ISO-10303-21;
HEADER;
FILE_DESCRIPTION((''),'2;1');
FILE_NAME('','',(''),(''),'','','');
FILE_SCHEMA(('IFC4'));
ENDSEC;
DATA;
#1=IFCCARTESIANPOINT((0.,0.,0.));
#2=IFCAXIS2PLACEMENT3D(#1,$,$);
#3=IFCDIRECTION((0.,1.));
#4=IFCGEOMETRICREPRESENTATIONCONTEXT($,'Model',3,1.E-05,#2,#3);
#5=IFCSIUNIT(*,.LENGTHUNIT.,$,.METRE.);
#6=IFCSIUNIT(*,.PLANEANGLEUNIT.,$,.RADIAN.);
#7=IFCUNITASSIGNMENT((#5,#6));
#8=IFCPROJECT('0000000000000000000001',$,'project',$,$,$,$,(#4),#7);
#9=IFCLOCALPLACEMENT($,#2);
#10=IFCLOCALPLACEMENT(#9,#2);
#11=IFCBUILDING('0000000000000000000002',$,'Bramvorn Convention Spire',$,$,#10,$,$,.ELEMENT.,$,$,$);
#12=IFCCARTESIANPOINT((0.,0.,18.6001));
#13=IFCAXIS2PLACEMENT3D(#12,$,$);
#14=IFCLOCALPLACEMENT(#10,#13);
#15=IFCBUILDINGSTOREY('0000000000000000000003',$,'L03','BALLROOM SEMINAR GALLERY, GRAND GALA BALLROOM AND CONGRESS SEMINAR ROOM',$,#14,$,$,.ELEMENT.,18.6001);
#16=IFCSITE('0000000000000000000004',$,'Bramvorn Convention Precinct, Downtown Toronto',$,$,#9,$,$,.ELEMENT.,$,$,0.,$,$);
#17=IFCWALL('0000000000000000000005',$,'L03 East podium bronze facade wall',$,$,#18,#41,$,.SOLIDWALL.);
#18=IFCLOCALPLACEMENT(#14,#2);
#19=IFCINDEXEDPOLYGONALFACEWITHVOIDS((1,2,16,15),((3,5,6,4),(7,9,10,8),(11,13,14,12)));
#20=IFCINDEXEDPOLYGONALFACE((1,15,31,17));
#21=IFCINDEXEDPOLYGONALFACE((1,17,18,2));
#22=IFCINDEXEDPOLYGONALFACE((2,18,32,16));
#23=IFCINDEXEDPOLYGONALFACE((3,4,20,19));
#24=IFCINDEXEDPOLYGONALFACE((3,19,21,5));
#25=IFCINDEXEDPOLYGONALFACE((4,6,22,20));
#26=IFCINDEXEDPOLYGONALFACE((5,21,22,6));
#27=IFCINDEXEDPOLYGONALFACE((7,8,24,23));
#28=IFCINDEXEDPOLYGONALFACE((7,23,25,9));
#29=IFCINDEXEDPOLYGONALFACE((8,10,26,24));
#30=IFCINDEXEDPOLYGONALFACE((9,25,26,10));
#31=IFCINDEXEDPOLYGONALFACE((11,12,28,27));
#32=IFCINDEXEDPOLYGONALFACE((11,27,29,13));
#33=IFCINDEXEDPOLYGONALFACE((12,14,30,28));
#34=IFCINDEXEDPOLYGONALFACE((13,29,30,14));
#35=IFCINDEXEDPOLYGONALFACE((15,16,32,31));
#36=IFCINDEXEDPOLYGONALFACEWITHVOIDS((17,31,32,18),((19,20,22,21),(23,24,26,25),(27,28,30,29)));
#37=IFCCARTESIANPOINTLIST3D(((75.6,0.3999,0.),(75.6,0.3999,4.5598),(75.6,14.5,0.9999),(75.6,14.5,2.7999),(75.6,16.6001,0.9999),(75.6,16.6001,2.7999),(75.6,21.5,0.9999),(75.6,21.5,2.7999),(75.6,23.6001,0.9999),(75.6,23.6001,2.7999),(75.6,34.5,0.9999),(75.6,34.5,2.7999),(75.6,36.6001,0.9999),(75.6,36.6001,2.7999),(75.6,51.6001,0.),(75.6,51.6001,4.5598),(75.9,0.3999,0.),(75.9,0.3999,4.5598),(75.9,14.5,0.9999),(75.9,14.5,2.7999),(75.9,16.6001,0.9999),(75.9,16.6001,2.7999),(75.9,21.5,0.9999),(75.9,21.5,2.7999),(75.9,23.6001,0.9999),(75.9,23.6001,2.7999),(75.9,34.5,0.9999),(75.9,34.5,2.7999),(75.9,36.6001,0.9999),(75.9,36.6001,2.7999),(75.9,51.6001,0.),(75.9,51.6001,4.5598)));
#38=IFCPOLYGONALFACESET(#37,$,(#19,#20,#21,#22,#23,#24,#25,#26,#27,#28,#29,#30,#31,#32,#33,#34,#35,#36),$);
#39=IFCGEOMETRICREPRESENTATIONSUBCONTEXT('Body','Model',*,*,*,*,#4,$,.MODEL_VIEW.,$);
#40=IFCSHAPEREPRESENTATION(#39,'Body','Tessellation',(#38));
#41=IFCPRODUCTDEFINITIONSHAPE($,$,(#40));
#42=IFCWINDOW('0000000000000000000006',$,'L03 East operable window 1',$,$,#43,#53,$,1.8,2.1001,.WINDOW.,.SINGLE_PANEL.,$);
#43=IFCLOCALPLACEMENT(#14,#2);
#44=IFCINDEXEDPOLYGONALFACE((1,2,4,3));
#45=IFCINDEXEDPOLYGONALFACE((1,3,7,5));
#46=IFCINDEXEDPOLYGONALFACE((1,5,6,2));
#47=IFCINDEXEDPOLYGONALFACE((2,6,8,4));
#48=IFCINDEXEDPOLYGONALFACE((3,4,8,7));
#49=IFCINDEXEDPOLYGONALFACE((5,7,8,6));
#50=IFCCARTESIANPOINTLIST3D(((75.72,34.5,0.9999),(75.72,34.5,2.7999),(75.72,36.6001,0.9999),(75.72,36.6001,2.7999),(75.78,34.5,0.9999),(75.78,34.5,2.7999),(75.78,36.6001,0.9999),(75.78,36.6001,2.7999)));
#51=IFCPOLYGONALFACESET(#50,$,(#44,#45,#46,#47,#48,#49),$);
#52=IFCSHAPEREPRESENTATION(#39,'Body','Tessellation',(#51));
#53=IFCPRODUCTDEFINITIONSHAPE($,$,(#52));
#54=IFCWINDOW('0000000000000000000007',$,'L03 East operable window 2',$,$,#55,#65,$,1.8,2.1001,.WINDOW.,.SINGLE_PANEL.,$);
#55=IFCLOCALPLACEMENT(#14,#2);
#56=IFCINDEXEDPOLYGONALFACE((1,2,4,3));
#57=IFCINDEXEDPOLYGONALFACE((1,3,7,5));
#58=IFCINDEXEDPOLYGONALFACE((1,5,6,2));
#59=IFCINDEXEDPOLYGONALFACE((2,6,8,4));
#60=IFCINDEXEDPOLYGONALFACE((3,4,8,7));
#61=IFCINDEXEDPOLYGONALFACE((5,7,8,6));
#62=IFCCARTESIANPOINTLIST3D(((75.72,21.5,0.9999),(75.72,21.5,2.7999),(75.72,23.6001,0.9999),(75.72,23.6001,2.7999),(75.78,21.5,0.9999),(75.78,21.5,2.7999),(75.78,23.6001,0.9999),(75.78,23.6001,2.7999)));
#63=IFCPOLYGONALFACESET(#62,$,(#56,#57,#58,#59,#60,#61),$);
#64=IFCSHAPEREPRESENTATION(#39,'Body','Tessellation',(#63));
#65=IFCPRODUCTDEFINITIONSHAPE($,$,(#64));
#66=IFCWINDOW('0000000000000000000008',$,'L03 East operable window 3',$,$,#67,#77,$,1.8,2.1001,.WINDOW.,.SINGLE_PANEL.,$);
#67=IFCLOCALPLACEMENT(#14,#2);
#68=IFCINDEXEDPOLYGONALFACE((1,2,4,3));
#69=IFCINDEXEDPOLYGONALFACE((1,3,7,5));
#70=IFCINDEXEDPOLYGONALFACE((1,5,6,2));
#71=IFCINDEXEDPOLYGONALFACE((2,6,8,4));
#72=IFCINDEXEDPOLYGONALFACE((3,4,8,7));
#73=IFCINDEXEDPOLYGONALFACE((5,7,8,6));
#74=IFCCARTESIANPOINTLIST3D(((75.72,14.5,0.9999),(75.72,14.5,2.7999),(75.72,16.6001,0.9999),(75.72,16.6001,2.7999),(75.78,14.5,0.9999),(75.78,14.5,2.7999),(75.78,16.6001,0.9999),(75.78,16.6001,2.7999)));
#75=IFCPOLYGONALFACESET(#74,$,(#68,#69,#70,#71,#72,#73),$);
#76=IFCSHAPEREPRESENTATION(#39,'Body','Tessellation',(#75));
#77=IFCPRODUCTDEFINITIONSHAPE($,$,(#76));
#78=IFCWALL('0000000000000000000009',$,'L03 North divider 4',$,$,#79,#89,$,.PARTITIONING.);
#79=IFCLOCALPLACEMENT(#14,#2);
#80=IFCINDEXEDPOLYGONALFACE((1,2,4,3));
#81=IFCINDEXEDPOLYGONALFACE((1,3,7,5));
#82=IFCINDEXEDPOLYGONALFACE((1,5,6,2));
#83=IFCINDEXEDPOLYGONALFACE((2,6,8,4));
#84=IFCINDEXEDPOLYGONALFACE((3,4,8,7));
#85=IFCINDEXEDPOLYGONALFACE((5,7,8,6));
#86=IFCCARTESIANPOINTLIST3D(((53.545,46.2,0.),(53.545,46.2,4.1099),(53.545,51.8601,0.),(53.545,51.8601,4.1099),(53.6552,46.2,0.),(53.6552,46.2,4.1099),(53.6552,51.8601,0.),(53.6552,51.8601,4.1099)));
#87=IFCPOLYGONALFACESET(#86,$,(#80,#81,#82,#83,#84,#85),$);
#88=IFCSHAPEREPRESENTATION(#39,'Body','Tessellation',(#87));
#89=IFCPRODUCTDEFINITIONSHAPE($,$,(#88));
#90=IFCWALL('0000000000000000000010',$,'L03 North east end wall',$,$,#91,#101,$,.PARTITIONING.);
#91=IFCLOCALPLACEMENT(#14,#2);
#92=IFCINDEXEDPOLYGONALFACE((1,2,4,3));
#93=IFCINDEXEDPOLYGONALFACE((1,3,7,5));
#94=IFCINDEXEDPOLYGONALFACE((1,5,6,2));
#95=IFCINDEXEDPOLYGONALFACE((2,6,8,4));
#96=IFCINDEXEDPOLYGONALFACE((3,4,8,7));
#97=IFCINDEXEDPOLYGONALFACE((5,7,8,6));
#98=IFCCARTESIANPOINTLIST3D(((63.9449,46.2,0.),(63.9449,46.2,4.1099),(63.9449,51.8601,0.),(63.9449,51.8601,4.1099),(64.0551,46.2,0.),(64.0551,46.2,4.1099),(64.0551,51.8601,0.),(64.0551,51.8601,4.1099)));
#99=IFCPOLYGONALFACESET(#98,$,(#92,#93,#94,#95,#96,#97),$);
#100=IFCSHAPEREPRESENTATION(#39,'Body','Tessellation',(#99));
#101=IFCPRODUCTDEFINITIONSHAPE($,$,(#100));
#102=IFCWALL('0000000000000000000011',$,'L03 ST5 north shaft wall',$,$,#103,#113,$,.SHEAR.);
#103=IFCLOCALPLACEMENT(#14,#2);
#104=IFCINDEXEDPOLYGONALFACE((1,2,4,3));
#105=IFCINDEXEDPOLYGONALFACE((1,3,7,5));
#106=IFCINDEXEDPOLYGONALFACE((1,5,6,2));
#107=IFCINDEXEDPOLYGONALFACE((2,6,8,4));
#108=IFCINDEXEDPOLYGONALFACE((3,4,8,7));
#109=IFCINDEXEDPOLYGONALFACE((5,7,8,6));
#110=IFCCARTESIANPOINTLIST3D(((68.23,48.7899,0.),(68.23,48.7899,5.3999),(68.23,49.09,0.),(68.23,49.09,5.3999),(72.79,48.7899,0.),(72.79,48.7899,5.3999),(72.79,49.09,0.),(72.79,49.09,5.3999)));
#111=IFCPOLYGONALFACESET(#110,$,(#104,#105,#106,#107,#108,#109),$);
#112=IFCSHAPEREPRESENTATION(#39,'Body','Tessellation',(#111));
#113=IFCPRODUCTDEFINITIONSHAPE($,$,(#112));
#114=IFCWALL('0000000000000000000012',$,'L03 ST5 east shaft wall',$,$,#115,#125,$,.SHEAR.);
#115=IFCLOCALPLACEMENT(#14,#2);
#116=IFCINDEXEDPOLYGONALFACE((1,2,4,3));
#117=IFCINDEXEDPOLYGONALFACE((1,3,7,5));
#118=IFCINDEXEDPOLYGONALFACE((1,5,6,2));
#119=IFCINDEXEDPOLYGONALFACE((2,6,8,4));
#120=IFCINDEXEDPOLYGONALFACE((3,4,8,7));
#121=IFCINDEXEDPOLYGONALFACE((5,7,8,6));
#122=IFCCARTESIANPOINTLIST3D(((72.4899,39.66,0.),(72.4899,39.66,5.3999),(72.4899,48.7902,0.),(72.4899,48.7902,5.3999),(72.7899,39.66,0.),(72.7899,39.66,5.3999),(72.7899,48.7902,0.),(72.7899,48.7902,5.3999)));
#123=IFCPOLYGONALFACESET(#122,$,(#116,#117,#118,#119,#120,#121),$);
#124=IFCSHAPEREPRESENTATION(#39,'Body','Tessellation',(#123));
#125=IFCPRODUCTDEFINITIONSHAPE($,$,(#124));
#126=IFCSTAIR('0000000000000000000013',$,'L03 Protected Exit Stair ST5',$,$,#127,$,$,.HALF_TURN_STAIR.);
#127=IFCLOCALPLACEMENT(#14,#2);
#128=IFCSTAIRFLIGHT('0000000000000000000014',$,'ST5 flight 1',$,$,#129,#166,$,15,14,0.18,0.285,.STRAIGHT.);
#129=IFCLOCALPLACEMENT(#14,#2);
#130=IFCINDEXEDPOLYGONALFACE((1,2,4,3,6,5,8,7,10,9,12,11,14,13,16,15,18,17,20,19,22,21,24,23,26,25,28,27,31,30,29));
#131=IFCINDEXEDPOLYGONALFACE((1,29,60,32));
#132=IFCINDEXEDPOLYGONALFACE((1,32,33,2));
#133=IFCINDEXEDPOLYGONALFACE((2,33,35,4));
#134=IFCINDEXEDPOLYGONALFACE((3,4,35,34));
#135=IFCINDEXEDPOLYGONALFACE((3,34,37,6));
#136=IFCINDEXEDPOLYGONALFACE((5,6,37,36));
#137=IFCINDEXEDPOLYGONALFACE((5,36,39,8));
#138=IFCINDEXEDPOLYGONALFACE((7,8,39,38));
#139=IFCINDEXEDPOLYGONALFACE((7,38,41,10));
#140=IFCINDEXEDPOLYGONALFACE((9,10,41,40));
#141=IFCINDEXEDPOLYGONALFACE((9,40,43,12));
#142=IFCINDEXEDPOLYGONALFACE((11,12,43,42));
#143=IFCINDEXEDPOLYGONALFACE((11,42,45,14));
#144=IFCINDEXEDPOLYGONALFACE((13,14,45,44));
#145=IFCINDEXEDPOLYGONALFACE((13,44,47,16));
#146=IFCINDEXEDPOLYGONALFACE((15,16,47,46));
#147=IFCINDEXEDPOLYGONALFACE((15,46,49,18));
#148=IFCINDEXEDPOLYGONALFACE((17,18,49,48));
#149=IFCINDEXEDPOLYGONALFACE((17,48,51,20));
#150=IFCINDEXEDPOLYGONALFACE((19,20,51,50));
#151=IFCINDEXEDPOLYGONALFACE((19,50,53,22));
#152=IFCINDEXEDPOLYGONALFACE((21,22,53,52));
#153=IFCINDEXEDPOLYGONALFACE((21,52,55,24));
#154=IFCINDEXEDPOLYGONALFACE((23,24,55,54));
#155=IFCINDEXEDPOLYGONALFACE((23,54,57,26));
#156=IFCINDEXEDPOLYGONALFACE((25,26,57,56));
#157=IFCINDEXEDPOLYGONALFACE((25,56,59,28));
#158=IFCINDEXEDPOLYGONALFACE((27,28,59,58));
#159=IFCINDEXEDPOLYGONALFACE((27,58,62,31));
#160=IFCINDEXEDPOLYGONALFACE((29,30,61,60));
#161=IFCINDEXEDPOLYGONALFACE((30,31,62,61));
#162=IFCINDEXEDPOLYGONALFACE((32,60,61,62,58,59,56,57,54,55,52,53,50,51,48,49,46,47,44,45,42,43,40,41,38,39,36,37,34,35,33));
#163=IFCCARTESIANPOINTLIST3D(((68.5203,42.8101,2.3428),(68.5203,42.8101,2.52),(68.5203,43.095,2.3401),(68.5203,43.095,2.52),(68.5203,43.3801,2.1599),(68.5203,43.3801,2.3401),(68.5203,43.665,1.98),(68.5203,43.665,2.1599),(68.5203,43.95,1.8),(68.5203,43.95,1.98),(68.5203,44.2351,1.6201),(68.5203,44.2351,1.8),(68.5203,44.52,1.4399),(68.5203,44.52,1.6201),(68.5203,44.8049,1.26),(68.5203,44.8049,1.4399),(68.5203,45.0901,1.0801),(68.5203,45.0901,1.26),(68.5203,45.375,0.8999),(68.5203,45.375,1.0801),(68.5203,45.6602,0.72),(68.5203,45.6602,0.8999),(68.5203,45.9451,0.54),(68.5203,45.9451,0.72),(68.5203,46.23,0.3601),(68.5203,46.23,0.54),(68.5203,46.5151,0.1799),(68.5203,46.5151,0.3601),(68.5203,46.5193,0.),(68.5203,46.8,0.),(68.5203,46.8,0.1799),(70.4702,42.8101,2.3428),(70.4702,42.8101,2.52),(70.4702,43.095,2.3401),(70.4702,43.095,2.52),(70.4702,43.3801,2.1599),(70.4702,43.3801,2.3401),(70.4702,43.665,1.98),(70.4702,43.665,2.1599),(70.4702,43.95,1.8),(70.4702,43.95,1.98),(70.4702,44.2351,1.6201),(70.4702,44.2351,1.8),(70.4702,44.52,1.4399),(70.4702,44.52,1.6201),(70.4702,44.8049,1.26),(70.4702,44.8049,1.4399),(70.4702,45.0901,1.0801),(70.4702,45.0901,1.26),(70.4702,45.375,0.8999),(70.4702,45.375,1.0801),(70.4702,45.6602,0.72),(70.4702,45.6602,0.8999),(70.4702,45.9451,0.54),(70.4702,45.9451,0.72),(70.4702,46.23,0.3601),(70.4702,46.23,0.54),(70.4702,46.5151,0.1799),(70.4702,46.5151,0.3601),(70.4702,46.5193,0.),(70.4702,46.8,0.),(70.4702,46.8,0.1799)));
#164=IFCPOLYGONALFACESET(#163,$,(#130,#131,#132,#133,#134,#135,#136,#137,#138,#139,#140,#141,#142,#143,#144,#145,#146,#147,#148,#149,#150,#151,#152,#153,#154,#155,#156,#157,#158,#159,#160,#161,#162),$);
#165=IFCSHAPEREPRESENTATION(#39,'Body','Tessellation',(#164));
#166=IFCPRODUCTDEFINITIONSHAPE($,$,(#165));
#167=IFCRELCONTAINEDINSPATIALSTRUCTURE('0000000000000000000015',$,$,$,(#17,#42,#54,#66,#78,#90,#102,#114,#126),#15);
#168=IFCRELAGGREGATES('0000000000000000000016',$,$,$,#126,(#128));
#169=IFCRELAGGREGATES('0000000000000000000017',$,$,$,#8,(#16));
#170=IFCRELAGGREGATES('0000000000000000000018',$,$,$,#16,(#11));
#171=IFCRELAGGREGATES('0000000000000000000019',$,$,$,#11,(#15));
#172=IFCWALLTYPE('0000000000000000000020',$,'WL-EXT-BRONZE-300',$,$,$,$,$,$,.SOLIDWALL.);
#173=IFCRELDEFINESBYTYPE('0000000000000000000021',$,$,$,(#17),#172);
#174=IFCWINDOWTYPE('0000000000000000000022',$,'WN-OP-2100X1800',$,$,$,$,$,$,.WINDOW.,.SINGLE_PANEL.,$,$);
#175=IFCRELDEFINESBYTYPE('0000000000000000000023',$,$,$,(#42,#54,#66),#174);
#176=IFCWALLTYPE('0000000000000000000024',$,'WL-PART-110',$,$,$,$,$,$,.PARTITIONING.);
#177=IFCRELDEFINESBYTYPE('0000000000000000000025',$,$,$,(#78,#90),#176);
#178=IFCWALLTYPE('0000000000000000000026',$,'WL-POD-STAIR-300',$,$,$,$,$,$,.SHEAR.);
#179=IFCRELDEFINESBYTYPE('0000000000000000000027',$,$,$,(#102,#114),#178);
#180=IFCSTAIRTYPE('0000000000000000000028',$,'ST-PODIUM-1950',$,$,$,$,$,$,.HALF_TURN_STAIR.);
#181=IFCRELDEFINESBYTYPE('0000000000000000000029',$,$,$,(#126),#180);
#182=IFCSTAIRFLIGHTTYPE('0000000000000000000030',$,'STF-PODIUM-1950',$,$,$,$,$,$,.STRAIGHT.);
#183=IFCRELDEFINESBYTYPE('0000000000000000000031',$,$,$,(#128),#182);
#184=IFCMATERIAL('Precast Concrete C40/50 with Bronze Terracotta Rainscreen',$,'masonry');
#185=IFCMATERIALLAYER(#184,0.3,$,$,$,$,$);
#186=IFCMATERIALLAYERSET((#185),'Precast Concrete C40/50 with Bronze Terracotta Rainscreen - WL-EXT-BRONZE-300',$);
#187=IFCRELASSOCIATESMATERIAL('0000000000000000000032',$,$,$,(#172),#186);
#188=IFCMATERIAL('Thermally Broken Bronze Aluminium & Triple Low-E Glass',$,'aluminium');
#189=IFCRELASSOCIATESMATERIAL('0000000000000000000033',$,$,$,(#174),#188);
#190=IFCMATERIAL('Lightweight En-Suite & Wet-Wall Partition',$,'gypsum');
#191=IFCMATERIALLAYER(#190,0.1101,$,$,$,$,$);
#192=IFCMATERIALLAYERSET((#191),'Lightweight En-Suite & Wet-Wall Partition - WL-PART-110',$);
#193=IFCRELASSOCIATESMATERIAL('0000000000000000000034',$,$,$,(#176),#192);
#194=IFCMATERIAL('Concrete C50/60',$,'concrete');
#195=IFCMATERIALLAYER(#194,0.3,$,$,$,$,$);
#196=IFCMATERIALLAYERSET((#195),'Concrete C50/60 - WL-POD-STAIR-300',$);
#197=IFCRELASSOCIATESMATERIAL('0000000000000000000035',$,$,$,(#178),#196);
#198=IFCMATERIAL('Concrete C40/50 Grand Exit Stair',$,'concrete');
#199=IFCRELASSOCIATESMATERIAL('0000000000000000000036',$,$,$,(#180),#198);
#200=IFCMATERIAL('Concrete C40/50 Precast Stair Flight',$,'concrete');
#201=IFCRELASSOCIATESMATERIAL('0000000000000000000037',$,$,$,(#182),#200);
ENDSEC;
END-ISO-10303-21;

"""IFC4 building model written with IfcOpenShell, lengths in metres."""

from ifc_helpers import new_model, si_unit, direction, frame, frame_2d, origin, place, context, subcontext, project, spatial, polyline, rectangle, outline, extrude, material, layer, layer_set, type_object, element, fill, aggregate, save


model = new_model("IFC4")

# Units and contexts
model_context = context("Model", 3, precision=1e-05, world=origin(), true_north=direction((0.0, 1.0)))
body_context = subcontext(model_context, "Body", "Model", "MODEL_VIEW")
ifc_project = project(units=[si_unit("LENGTHUNIT", "METRE"), si_unit("PLANEANGLEUNIT", "RADIAN")], contexts=[model_context])

# Site, building, storey
site_placement = place(None, origin())
site = spatial("IfcSite", under=ifc_project, at=site_placement, Name="Bramvorn Convention Precinct, Downtown Toronto", CompositionType="ELEMENT", RefElevation=0.0)
building_placement = place(site_placement, origin())
building = spatial("IfcBuilding", under=site, at=building_placement, Name="Bramvorn Convention Spire", CompositionType="ELEMENT")
storey_placement = place(building_placement, frame((0.0, 0.0, 18.6001)))
storey = spatial("IfcBuildingStorey", under=building, at=storey_placement, Name="L03", Description="BALLROOM SEMINAR GALLERY, GRAND GALA BALLROOM AND CONGRESS SEMINAR ROOM", CompositionType="ELEMENT", Elevation=18.6001)

# Wall, openings, windows
ifc_material_1 = material(Name="Precast Concrete C40/50 with Bronze Terracotta Rainscreen", Category="masonry")
ifc_layer_1 = layer(ifc_material_1, 0.3)
ifc_layer_set_1 = layer_set([ifc_layer_1], Name="Precast Concrete C40/50 with Bronze Terracotta Rainscreen - WL-EXT-BRONZE-300")
wall_type_1 = type_object("IfcWallType", Name="WL-EXT-BRONZE-300", PredefinedType="SOLIDWALL", material=ifc_layer_set_1)
wall_1_placement = place(storey_placement, frame((75.75, 51.6001, 0.0), z_axis=(0.0, 0.0, 1.0), x_axis=(0.0, -1.0, 0.0)))
wall_1 = element("IfcWall", 1, at=wall_1_placement, inside=storey, type_object=wall_type_1, Name="L03 East podium bronze facade wall", PredefinedType="SOLIDWALL", context=body_context, shape_type="SweptSolid", body=[
    extrude(rectangle(XDim=51.2002, YDim=0.3, at=frame_2d((25.6001, 0.0))), origin(), (0.0, 0.0, 1.0), 4.5598),
])
opening_1_placement = place(wall_1_placement, frame((15.0, 0.0, 1.0)))
opening_1 = element("IfcOpeningElement", 2, at=opening_1_placement, cuts=wall_1, PredefinedType="OPENING", context=body_context, shape_type="SweptSolid", body=[
    extrude(rectangle(XDim=2.1001, YDim=1.8, at=frame_2d((1.05, 0.8999))), frame((0.0, 0.1599, 0.0), z_axis=(0.0, -1.0, 0.0), x_axis=(1.0, 0.0, 0.0)), (0.0, 0.0, 1.0), 0.3201),
])
opening_2_placement = place(wall_1_placement, frame((28.0, 0.0, 1.0)))
opening_2 = element("IfcOpeningElement", 3, at=opening_2_placement, cuts=wall_1, PredefinedType="OPENING", context=body_context, shape_type="SweptSolid", body=[
    extrude(rectangle(XDim=2.1001, YDim=1.8, at=frame_2d((1.05, 0.8999))), frame((0.0, 0.1599, 0.0), z_axis=(0.0, -1.0, 0.0), x_axis=(1.0, 0.0, 0.0)), (0.0, 0.0, 1.0), 0.3201),
])
opening_3_placement = place(wall_1_placement, frame((35.0, 0.0, 1.0)))
opening_3 = element("IfcOpeningElement", 4, at=opening_3_placement, cuts=wall_1, PredefinedType="OPENING", context=body_context, shape_type="SweptSolid", body=[
    extrude(rectangle(XDim=2.1001, YDim=1.8, at=frame_2d((1.05, 0.8999))), frame((0.0, 0.1599, 0.0), z_axis=(0.0, -1.0, 0.0), x_axis=(1.0, 0.0, 0.0)), (0.0, 0.0, 1.0), 0.3201),
])
ifc_material_2 = material(Name="Thermally Broken Bronze Aluminium & Triple Low-E Glass", Category="aluminium")
window_type = type_object("IfcWindowType", Name="WN-OP-2100X1800", PartitioningType="SINGLE_PANEL", PredefinedType="WINDOW", material=ifc_material_2)
window_1_placement = place(opening_1_placement, origin())
window_1 = element("IfcWindow", 5, at=window_1_placement, inside=storey, type_object=window_type, Name="L03 East operable window 1", OverallHeight=1.8, OverallWidth=2.1001, PartitioningType="SINGLE_PANEL", PredefinedType="WINDOW", context=body_context, shape_type="SweptSolid", body=[
    extrude(rectangle(XDim=2.1001, YDim=1.8, at=frame_2d((1.05, 0.8999))), frame((0.0, 0.03, 0.0), z_axis=(0.0, -1.0, 0.0), x_axis=(1.0, 0.0, 0.0)), (0.0, 0.0, 1.0), 0.0601),
])
fill(opening_1, window_1)
window_2_placement = place(opening_2_placement, origin())
window_2 = element("IfcWindow", 6, at=window_2_placement, inside=storey, type_object=window_type, Name="L03 East operable window 2", OverallHeight=1.8, OverallWidth=2.1001, PartitioningType="SINGLE_PANEL", PredefinedType="WINDOW", context=body_context, shape_type="SweptSolid", body=[
    extrude(rectangle(XDim=2.1001, YDim=1.8, at=frame_2d((1.05, 0.8999))), frame((0.0, 0.03, 0.0), z_axis=(0.0, -1.0, 0.0), x_axis=(1.0, 0.0, 0.0)), (0.0, 0.0, 1.0), 0.0601),
])
fill(opening_2, window_2)
window_3_placement = place(opening_3_placement, origin())
window_3 = element("IfcWindow", 7, at=window_3_placement, inside=storey, type_object=window_type, Name="L03 East operable window 3", OverallHeight=1.8, OverallWidth=2.1001, PartitioningType="SINGLE_PANEL", PredefinedType="WINDOW", context=body_context, shape_type="SweptSolid", body=[
    extrude(rectangle(XDim=2.1001, YDim=1.8, at=frame_2d((1.05, 0.8999))), frame((0.0, 0.03, 0.0), z_axis=(0.0, -1.0, 0.0), x_axis=(1.0, 0.0, 0.0)), (0.0, 0.0, 1.0), 0.0601),
])
fill(opening_3, window_3)

# Walls
ifc_material_3 = material(Name="Lightweight En-Suite & Wet-Wall Partition", Category="gypsum")
ifc_layer_2 = layer(ifc_material_3, 0.1101)
ifc_layer_set_2 = layer_set([ifc_layer_2], Name="Lightweight En-Suite & Wet-Wall Partition - WL-PART-110")
wall_type_2 = type_object("IfcWallType", Name="WL-PART-110", PredefinedType="PARTITIONING", material=ifc_layer_set_2)
for number, where, z_axis, x_axis, name in (
    (8, (53.6001, 46.2, 0.0), (0.0, 0.0, 1.0), (0.0, 1.0, 0.0), "L03 North divider 4"),
    (9, (64.0, 46.2, 0.0), (0.0, 0.0, 1.0), (0.0, 1.0, 0.0), "L03 North east end wall"),
):
    element("IfcWall", number, at=place(storey_placement, frame(where, z_axis=z_axis, x_axis=x_axis)), inside=storey, type_object=wall_type_2, Name=name, PredefinedType="PARTITIONING", context=body_context, shape_type="SweptSolid", body=[
        extrude(rectangle(XDim=5.6602, YDim=0.1101, at=frame_2d((2.8301, 0.0))), origin(), (0.0, 0.0, 1.0), 4.1099),
    ])
ifc_material_4 = material(Name="Concrete C50/60", Category="concrete")
ifc_layer_3 = layer(ifc_material_4, 0.3)
ifc_layer_set_3 = layer_set([ifc_layer_3], Name="Concrete C50/60 - WL-POD-STAIR-300")
wall_type_3 = type_object("IfcWallType", Name="WL-POD-STAIR-300", PredefinedType="SHEAR", material=ifc_layer_set_3)
wall_2_placement = place(storey_placement, frame((68.23, 48.9399, 0.0), z_axis=(0.0, 0.0, 1.0), x_axis=(1.0, 0.0, 0.0)))
element("IfcWall", 10, at=wall_2_placement, inside=storey, type_object=wall_type_3, Name="L03 ST5 north shaft wall", PredefinedType="SHEAR", context=body_context, shape_type="SweptSolid", body=[
    extrude(rectangle(XDim=4.5601, YDim=0.3, at=frame_2d((2.28, 0.0))), origin(), (0.0, 0.0, 1.0), 5.3999),
])
wall_3_placement = place(storey_placement, frame((72.6399, 48.79, 0.0), z_axis=(0.0, 0.0, 1.0), x_axis=(0.0, -1.0, 0.0)))
element("IfcWall", 11, at=wall_3_placement, inside=storey, type_object=wall_type_3, Name="L03 ST5 east shaft wall", PredefinedType="SHEAR", context=body_context, shape_type="SweptSolid", body=[
    extrude(rectangle(XDim=9.1301, YDim=0.3, at=frame_2d((4.5649, 0.0))), origin(), (0.0, 0.0, 1.0), 5.3999),
])

# Stair, stair flight
ifc_material_5 = material(Name="Concrete C40/50 Grand Exit Stair", Category="concrete")
stair_type = type_object("IfcStairType", Name="ST-PODIUM-1950", PredefinedType="HALF_TURN_STAIR", material=ifc_material_5)
stair_placement = place(storey_placement, origin())
stair = element("IfcStair", 12, at=stair_placement, inside=storey, type_object=stair_type, Name="L03 Protected Exit Stair ST5", PredefinedType="HALF_TURN_STAIR")
ifc_material_6 = material(Name="Concrete C40/50 Precast Stair Flight", Category="concrete")
stair_flight_type = type_object("IfcStairFlightType", Name="STF-PODIUM-1950", PredefinedType="STRAIGHT", material=ifc_material_6)
stair_flight_placement = place(storey_placement, frame((69.4951, 46.8, 0.0), z_axis=(0.0, 0.0, 1.0), x_axis=(0.0, -1.0, 0.0)))
stair_flight = element("IfcStairFlight", 13, at=stair_flight_placement, type_object=stair_flight_type, Name="ST5 flight 1", NumberOfRisers=15, NumberOfTreads=14, PredefinedType="STRAIGHT", RiserHeight=0.18, TreadLength=0.285, context=body_context, shape_type="SweptSolid", body=[
    extrude(outline(polyline([(0.0, 0.0), (0.0, 0.1799), (0.2849, 0.1799), (0.2849, 0.3601), (0.5701, 0.3601), (0.5701, 0.54), (0.855, 0.54), (0.855, 0.72), (1.1399, 0.72), (1.1399, 0.8999), (1.425, 0.8999), (1.425, 1.0801), (1.71, 1.0801), (1.71, 1.26), (1.9951, 1.26), (1.9951, 1.4399), (2.28, 1.4399), (2.28, 1.6201), (2.5649, 1.6201), (2.5649, 1.8), (2.8501, 1.8), (2.8501, 1.98), (3.135, 1.98), (3.135, 2.1599), (3.4199, 2.1599), (3.4199, 2.3401), (3.7051, 2.3401), (3.7051, 2.52), (3.99, 2.52), (3.99, 2.7), (3.99, 2.3428), (0.2808, 0.0), (0.0, 0.0)])), frame((0.0, 0.9751, 0.0), z_axis=(0.0, -1.0, 0.0), x_axis=(1.0, 0.0, 0.0)), (0.0, 0.0, 1.0), 1.95),
])
aggregate(stair, [stair_flight])

save(model, "model.ifc")
